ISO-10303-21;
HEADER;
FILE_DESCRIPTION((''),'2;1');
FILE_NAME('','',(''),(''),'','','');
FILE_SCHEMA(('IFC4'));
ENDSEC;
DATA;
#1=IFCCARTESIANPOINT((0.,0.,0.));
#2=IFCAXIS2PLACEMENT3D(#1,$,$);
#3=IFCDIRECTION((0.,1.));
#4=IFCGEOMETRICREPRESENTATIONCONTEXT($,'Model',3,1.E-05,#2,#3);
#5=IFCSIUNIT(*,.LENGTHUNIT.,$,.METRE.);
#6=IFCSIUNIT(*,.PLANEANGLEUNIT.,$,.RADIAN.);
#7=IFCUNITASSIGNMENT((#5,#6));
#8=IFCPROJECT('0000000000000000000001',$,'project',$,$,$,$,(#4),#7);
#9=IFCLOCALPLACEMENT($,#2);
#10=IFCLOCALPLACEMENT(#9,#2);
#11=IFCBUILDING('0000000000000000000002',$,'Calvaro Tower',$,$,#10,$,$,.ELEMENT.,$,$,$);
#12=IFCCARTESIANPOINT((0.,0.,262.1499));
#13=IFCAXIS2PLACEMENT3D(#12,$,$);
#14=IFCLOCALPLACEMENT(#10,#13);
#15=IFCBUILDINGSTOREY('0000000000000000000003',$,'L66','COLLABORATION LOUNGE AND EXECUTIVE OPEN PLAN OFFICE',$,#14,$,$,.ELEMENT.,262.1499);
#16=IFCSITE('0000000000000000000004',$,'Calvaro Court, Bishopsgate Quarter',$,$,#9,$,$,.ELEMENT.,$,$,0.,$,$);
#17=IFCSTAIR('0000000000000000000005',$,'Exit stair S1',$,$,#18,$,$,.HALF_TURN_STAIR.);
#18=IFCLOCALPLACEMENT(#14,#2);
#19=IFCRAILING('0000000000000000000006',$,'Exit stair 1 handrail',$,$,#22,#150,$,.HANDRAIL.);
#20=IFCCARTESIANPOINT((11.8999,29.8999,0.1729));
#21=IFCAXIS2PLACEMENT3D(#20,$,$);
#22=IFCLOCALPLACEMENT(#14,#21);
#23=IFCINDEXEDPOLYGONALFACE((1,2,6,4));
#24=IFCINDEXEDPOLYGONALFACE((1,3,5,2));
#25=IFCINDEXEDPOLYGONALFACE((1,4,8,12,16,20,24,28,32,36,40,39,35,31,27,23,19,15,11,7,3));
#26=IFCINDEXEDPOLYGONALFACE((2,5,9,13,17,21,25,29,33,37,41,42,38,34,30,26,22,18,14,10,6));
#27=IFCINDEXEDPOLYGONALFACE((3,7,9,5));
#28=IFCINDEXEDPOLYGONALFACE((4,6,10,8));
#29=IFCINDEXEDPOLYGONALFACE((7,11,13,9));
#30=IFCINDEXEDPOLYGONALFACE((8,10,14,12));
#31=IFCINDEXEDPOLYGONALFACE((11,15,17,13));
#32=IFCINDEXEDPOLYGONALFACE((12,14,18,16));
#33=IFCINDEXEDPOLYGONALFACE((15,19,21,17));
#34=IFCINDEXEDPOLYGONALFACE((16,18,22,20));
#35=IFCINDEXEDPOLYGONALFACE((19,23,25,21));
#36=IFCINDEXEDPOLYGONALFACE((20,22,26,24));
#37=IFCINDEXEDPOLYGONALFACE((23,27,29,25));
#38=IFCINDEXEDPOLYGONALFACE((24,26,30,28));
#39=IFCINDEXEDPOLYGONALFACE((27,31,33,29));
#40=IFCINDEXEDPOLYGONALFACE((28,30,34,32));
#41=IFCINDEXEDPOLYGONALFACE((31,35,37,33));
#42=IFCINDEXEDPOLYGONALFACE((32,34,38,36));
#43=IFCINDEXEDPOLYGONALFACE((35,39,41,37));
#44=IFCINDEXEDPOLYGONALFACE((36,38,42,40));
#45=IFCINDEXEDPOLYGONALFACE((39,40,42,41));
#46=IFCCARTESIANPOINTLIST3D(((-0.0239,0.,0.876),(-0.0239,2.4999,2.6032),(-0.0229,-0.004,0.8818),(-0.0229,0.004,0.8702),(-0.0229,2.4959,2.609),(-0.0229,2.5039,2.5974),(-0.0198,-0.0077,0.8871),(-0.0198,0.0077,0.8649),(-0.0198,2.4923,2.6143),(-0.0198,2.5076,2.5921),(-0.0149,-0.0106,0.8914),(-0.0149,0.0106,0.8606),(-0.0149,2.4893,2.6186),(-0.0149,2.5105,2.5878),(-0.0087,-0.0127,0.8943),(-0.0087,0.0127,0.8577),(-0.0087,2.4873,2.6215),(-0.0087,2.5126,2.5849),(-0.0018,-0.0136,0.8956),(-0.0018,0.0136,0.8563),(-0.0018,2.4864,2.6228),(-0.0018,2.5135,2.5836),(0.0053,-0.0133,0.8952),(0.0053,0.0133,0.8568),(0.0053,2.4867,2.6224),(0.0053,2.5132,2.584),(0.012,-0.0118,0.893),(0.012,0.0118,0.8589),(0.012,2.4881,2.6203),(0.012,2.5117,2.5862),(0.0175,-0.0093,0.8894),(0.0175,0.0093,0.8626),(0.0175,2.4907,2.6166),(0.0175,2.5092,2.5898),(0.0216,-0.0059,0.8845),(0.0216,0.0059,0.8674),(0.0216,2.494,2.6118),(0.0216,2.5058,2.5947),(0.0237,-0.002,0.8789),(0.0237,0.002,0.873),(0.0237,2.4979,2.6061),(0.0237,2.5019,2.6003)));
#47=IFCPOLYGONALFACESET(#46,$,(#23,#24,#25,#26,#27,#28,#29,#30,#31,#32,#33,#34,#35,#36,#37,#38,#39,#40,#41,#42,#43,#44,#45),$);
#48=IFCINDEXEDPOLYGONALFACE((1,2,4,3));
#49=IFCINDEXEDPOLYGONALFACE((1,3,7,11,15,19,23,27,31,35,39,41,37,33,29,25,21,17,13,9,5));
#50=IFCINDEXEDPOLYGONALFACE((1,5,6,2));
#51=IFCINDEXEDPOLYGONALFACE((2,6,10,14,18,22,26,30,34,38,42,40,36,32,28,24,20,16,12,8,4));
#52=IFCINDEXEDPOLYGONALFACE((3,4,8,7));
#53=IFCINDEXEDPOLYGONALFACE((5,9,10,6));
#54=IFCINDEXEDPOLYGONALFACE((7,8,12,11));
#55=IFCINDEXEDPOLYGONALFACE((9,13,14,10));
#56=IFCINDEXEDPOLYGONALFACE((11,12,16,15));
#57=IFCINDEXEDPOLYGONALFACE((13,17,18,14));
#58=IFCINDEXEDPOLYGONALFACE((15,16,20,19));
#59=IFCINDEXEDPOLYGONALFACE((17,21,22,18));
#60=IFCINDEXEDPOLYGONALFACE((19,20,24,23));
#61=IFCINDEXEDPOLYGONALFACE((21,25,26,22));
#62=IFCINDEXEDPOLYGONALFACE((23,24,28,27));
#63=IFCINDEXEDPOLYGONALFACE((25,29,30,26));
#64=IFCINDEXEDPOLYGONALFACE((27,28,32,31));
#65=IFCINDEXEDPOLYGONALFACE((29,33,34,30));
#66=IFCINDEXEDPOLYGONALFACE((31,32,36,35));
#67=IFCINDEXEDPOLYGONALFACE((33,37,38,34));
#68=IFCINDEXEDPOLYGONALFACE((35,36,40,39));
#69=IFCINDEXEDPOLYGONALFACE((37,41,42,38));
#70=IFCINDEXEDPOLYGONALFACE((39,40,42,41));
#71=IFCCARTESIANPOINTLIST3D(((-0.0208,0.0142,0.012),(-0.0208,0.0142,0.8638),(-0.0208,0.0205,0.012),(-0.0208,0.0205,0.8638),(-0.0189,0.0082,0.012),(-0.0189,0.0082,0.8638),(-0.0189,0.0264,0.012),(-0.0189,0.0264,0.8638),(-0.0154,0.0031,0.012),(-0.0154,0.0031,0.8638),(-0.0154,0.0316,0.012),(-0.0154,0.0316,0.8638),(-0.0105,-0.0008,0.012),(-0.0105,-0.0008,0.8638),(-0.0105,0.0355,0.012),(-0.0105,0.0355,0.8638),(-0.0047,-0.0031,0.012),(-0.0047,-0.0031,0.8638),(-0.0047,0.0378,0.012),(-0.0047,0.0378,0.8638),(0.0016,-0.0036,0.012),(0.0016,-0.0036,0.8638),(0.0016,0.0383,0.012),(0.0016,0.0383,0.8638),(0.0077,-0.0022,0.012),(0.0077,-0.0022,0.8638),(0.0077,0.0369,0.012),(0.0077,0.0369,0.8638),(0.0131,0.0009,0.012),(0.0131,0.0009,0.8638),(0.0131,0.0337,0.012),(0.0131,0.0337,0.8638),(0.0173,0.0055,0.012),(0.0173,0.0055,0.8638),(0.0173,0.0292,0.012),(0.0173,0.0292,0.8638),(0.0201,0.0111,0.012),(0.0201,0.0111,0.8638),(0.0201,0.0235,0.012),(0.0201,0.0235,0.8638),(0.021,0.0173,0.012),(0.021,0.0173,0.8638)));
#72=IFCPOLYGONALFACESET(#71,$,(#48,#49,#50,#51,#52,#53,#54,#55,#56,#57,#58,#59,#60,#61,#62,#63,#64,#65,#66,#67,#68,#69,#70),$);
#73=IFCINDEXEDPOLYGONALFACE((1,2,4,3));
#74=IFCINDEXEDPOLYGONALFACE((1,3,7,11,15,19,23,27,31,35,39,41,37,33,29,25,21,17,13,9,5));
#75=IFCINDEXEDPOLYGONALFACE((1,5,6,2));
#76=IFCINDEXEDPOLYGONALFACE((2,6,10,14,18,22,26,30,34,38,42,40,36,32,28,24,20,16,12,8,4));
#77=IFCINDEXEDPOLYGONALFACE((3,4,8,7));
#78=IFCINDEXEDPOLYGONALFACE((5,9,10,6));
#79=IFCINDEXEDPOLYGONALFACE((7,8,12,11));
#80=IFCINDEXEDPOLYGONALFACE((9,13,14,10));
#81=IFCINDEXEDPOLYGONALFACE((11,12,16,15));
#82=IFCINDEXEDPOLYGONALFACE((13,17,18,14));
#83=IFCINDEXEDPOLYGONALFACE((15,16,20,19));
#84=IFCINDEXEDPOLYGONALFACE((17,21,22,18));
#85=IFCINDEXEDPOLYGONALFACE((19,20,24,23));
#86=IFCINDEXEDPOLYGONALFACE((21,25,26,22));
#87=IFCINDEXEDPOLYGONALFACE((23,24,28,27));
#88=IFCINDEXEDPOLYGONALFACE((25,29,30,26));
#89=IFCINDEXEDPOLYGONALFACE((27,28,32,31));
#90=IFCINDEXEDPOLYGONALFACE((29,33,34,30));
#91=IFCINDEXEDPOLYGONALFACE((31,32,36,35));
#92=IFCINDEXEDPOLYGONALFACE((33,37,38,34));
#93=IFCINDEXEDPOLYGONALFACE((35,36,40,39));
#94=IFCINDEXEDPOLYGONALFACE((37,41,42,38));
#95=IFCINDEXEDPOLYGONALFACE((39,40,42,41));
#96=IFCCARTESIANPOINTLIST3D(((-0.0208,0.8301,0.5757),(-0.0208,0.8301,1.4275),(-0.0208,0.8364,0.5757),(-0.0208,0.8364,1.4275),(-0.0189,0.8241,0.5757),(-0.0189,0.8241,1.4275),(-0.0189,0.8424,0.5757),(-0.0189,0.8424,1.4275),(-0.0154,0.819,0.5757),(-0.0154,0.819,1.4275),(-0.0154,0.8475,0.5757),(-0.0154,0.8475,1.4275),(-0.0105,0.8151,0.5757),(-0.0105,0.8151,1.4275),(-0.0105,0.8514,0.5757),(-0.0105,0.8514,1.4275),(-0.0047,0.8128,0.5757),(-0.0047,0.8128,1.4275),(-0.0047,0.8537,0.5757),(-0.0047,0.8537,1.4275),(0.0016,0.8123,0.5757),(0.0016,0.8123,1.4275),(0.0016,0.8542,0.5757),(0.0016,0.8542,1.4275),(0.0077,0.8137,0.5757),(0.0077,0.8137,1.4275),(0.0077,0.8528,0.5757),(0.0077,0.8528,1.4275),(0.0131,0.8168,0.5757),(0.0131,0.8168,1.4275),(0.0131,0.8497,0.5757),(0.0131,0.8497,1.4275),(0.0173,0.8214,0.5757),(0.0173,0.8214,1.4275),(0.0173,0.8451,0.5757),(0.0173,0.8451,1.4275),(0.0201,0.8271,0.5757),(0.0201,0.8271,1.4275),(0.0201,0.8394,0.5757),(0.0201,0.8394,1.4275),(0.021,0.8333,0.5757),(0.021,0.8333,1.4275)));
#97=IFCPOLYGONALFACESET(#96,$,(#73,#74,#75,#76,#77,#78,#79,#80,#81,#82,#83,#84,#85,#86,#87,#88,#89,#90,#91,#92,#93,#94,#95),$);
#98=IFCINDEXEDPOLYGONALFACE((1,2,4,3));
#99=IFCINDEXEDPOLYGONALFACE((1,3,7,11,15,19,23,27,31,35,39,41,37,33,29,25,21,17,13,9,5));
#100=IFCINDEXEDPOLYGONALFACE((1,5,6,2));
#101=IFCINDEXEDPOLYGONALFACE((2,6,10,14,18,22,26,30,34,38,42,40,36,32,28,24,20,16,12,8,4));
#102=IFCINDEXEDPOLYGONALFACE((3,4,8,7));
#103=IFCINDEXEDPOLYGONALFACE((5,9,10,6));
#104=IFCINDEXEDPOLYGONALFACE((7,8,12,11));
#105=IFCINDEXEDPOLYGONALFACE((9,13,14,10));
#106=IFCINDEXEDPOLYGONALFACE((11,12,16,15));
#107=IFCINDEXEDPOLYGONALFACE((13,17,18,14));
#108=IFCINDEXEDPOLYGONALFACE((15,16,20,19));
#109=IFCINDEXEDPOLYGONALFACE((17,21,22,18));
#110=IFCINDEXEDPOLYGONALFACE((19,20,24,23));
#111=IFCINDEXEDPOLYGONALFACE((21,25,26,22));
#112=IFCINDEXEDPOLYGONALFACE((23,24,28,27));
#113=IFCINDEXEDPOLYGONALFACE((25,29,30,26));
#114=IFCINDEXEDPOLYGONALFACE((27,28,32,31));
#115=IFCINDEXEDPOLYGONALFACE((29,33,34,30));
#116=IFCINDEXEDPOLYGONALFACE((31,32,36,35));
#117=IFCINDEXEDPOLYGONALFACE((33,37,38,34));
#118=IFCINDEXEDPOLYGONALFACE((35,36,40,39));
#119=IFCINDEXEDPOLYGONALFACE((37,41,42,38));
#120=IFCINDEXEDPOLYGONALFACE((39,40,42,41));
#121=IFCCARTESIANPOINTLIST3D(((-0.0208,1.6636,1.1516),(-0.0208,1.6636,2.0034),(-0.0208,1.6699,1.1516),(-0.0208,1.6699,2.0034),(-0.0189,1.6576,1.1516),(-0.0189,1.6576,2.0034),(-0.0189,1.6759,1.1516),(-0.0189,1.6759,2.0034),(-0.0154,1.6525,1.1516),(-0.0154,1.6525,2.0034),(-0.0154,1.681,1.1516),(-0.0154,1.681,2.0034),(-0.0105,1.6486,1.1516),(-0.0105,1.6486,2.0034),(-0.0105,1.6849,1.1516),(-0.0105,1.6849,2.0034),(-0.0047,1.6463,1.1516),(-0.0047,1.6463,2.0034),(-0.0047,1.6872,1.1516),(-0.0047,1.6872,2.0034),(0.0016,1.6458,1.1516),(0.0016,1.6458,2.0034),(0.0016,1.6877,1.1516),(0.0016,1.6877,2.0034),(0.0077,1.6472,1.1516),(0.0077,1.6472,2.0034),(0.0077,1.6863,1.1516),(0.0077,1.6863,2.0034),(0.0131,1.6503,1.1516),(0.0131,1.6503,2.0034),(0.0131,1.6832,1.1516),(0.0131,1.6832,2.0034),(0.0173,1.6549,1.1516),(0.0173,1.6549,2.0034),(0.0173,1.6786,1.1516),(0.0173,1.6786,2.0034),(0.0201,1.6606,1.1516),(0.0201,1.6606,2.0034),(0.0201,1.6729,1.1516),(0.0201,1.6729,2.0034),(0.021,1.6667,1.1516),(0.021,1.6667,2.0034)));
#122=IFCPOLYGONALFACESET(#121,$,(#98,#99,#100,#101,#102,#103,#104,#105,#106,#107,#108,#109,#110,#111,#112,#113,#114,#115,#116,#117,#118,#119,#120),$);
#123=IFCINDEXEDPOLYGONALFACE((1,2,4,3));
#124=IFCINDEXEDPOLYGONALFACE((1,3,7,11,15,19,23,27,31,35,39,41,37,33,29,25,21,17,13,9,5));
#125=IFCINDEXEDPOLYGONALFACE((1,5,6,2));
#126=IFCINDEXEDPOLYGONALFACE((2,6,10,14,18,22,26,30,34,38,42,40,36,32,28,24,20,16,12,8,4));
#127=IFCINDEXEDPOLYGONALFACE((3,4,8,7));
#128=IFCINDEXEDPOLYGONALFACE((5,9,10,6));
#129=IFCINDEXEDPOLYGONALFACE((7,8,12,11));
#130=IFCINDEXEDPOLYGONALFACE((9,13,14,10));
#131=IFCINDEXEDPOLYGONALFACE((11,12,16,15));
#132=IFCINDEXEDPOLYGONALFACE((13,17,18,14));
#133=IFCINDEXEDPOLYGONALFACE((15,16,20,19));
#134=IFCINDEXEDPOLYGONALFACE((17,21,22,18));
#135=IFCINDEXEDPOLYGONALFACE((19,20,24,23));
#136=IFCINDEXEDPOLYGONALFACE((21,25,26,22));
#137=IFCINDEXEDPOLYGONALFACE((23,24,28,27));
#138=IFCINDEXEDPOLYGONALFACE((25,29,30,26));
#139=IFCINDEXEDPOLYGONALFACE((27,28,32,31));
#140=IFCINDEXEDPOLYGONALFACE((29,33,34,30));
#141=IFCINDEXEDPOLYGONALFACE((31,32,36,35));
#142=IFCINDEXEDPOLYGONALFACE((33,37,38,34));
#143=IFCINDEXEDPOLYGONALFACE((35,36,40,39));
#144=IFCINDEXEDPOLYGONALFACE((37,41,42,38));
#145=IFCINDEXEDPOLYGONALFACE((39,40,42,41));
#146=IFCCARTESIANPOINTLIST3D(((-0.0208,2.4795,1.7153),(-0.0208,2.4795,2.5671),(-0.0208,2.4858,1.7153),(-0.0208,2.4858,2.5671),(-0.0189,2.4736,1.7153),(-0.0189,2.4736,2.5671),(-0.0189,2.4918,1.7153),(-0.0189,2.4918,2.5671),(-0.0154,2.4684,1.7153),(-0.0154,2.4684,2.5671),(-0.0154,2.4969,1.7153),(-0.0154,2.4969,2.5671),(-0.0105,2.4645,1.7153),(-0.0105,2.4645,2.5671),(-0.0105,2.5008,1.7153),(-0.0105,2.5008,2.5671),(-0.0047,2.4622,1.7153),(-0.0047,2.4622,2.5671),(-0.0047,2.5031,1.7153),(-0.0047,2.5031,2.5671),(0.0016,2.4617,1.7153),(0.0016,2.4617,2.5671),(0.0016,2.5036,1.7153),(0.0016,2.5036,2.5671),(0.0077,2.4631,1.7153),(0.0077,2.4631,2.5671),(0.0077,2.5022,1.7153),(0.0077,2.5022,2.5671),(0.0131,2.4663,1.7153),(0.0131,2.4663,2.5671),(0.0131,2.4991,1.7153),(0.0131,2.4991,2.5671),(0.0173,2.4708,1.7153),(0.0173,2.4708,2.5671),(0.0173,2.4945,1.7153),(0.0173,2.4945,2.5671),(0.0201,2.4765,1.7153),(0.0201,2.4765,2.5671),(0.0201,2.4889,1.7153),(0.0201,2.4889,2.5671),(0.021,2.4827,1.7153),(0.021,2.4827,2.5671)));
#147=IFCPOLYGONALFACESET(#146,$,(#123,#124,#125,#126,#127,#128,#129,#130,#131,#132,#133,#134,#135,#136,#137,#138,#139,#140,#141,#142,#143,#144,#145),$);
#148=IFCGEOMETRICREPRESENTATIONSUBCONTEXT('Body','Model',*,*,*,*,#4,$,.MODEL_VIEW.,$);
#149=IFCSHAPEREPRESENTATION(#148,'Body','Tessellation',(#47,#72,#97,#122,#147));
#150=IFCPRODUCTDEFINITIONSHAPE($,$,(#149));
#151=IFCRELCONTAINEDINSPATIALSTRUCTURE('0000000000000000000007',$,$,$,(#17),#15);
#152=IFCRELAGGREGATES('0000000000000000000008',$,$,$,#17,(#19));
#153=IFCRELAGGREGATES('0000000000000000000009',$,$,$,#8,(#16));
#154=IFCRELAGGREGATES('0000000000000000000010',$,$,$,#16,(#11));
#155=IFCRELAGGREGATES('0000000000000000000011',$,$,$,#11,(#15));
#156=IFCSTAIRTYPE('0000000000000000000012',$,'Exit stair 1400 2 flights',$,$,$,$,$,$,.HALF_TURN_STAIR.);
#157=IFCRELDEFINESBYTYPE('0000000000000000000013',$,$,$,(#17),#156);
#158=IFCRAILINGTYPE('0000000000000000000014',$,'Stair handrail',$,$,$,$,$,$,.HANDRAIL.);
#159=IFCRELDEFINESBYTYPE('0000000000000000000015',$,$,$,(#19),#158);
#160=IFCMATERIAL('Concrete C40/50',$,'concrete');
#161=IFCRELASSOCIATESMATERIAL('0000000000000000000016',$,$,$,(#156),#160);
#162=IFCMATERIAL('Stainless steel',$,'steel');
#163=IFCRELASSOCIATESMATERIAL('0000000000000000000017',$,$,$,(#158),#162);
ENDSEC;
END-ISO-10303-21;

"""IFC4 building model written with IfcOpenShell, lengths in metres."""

from ifc_helpers import new_model, si_unit, direction, frame, origin, origin_2d, place, context, subcontext, project, spatial, circle, extrude, material, type_object, element, aggregate, save


model = new_model("IFC4")

# Units and contexts
model_context = context("Model", 3, precision=1e-05, world=origin(), true_north=direction((0.0, 1.0)))
body_context = subcontext(model_context, "Body", "Model", "MODEL_VIEW")
ifc_project = project(units=[si_unit("LENGTHUNIT", "METRE"), si_unit("PLANEANGLEUNIT", "RADIAN")], contexts=[model_context])

# Site, building, storey
site_placement = place(None, origin())
site = spatial("IfcSite", under=ifc_project, at=site_placement, Name="Calvaro Court, Bishopsgate Quarter", CompositionType="ELEMENT", RefElevation=0.0)
building_placement = place(site_placement, origin())
building = spatial("IfcBuilding", under=site, at=building_placement, Name="Calvaro Tower", CompositionType="ELEMENT")
storey_placement = place(building_placement, frame((0.0, 0.0, 262.1499)))
storey = spatial("IfcBuildingStorey", under=building, at=storey_placement, Name="L66", Description="COLLABORATION LOUNGE AND EXECUTIVE OPEN PLAN OFFICE", CompositionType="ELEMENT", Elevation=262.1499)

# Stair, railing
ifc_material_1 = material(Name="Concrete C40/50", Category="concrete")
stair_type = type_object("IfcStairType", Name="Exit stair 1400 2 flights", PredefinedType="HALF_TURN_STAIR", material=ifc_material_1)
stair_placement = place(storey_placement, origin())
stair = element("IfcStair", 1, at=stair_placement, inside=storey, type_object=stair_type, Name="Exit stair S1", PredefinedType="HALF_TURN_STAIR")
ifc_material_2 = material(Name="Stainless steel", Category="steel")
railing_type = type_object("IfcRailingType", Name="Stair handrail", PredefinedType="HANDRAIL", material=ifc_material_2)
railing_1_placement = place(storey_placement, frame((11.8999, 29.8999, 0.1729)))
railing_1 = element("IfcRailing", 2, at=railing_1_placement, type_object=railing_type, Name="Exit stair 1 handrail", PredefinedType="HANDRAIL", context=body_context, shape_type="SweptSolid", body=[
    extrude(circle(Radius=0.0239, at=origin_2d()), frame((0.0, 0.0, 0.876), z_axis=(0.0, 0.822727, 0.568437), x_axis=(-1.0, 0.0, 0.0)), (0.0, 0.0, 1.0), 3.0386),
    extrude(circle(Radius=0.021, at=origin_2d()), frame((0.0, 0.0173, 0.012)), (0.0, 0.0, 1.0), 0.8518),
    extrude(circle(Radius=0.021, at=origin_2d()), frame((0.0, 0.8333, 0.5757)), (0.0, 0.0, 1.0), 0.8518),
    extrude(circle(Radius=0.021, at=origin_2d()), frame((0.0, 1.6667, 1.1516)), (0.0, 0.0, 1.0), 0.8518),
    extrude(circle(Radius=0.021, at=origin_2d()), frame((0.0, 2.4827, 1.7153)), (0.0, 0.0, 1.0), 0.8518),
])
aggregate(stair, [railing_1])

save(model, "model.ifc")
